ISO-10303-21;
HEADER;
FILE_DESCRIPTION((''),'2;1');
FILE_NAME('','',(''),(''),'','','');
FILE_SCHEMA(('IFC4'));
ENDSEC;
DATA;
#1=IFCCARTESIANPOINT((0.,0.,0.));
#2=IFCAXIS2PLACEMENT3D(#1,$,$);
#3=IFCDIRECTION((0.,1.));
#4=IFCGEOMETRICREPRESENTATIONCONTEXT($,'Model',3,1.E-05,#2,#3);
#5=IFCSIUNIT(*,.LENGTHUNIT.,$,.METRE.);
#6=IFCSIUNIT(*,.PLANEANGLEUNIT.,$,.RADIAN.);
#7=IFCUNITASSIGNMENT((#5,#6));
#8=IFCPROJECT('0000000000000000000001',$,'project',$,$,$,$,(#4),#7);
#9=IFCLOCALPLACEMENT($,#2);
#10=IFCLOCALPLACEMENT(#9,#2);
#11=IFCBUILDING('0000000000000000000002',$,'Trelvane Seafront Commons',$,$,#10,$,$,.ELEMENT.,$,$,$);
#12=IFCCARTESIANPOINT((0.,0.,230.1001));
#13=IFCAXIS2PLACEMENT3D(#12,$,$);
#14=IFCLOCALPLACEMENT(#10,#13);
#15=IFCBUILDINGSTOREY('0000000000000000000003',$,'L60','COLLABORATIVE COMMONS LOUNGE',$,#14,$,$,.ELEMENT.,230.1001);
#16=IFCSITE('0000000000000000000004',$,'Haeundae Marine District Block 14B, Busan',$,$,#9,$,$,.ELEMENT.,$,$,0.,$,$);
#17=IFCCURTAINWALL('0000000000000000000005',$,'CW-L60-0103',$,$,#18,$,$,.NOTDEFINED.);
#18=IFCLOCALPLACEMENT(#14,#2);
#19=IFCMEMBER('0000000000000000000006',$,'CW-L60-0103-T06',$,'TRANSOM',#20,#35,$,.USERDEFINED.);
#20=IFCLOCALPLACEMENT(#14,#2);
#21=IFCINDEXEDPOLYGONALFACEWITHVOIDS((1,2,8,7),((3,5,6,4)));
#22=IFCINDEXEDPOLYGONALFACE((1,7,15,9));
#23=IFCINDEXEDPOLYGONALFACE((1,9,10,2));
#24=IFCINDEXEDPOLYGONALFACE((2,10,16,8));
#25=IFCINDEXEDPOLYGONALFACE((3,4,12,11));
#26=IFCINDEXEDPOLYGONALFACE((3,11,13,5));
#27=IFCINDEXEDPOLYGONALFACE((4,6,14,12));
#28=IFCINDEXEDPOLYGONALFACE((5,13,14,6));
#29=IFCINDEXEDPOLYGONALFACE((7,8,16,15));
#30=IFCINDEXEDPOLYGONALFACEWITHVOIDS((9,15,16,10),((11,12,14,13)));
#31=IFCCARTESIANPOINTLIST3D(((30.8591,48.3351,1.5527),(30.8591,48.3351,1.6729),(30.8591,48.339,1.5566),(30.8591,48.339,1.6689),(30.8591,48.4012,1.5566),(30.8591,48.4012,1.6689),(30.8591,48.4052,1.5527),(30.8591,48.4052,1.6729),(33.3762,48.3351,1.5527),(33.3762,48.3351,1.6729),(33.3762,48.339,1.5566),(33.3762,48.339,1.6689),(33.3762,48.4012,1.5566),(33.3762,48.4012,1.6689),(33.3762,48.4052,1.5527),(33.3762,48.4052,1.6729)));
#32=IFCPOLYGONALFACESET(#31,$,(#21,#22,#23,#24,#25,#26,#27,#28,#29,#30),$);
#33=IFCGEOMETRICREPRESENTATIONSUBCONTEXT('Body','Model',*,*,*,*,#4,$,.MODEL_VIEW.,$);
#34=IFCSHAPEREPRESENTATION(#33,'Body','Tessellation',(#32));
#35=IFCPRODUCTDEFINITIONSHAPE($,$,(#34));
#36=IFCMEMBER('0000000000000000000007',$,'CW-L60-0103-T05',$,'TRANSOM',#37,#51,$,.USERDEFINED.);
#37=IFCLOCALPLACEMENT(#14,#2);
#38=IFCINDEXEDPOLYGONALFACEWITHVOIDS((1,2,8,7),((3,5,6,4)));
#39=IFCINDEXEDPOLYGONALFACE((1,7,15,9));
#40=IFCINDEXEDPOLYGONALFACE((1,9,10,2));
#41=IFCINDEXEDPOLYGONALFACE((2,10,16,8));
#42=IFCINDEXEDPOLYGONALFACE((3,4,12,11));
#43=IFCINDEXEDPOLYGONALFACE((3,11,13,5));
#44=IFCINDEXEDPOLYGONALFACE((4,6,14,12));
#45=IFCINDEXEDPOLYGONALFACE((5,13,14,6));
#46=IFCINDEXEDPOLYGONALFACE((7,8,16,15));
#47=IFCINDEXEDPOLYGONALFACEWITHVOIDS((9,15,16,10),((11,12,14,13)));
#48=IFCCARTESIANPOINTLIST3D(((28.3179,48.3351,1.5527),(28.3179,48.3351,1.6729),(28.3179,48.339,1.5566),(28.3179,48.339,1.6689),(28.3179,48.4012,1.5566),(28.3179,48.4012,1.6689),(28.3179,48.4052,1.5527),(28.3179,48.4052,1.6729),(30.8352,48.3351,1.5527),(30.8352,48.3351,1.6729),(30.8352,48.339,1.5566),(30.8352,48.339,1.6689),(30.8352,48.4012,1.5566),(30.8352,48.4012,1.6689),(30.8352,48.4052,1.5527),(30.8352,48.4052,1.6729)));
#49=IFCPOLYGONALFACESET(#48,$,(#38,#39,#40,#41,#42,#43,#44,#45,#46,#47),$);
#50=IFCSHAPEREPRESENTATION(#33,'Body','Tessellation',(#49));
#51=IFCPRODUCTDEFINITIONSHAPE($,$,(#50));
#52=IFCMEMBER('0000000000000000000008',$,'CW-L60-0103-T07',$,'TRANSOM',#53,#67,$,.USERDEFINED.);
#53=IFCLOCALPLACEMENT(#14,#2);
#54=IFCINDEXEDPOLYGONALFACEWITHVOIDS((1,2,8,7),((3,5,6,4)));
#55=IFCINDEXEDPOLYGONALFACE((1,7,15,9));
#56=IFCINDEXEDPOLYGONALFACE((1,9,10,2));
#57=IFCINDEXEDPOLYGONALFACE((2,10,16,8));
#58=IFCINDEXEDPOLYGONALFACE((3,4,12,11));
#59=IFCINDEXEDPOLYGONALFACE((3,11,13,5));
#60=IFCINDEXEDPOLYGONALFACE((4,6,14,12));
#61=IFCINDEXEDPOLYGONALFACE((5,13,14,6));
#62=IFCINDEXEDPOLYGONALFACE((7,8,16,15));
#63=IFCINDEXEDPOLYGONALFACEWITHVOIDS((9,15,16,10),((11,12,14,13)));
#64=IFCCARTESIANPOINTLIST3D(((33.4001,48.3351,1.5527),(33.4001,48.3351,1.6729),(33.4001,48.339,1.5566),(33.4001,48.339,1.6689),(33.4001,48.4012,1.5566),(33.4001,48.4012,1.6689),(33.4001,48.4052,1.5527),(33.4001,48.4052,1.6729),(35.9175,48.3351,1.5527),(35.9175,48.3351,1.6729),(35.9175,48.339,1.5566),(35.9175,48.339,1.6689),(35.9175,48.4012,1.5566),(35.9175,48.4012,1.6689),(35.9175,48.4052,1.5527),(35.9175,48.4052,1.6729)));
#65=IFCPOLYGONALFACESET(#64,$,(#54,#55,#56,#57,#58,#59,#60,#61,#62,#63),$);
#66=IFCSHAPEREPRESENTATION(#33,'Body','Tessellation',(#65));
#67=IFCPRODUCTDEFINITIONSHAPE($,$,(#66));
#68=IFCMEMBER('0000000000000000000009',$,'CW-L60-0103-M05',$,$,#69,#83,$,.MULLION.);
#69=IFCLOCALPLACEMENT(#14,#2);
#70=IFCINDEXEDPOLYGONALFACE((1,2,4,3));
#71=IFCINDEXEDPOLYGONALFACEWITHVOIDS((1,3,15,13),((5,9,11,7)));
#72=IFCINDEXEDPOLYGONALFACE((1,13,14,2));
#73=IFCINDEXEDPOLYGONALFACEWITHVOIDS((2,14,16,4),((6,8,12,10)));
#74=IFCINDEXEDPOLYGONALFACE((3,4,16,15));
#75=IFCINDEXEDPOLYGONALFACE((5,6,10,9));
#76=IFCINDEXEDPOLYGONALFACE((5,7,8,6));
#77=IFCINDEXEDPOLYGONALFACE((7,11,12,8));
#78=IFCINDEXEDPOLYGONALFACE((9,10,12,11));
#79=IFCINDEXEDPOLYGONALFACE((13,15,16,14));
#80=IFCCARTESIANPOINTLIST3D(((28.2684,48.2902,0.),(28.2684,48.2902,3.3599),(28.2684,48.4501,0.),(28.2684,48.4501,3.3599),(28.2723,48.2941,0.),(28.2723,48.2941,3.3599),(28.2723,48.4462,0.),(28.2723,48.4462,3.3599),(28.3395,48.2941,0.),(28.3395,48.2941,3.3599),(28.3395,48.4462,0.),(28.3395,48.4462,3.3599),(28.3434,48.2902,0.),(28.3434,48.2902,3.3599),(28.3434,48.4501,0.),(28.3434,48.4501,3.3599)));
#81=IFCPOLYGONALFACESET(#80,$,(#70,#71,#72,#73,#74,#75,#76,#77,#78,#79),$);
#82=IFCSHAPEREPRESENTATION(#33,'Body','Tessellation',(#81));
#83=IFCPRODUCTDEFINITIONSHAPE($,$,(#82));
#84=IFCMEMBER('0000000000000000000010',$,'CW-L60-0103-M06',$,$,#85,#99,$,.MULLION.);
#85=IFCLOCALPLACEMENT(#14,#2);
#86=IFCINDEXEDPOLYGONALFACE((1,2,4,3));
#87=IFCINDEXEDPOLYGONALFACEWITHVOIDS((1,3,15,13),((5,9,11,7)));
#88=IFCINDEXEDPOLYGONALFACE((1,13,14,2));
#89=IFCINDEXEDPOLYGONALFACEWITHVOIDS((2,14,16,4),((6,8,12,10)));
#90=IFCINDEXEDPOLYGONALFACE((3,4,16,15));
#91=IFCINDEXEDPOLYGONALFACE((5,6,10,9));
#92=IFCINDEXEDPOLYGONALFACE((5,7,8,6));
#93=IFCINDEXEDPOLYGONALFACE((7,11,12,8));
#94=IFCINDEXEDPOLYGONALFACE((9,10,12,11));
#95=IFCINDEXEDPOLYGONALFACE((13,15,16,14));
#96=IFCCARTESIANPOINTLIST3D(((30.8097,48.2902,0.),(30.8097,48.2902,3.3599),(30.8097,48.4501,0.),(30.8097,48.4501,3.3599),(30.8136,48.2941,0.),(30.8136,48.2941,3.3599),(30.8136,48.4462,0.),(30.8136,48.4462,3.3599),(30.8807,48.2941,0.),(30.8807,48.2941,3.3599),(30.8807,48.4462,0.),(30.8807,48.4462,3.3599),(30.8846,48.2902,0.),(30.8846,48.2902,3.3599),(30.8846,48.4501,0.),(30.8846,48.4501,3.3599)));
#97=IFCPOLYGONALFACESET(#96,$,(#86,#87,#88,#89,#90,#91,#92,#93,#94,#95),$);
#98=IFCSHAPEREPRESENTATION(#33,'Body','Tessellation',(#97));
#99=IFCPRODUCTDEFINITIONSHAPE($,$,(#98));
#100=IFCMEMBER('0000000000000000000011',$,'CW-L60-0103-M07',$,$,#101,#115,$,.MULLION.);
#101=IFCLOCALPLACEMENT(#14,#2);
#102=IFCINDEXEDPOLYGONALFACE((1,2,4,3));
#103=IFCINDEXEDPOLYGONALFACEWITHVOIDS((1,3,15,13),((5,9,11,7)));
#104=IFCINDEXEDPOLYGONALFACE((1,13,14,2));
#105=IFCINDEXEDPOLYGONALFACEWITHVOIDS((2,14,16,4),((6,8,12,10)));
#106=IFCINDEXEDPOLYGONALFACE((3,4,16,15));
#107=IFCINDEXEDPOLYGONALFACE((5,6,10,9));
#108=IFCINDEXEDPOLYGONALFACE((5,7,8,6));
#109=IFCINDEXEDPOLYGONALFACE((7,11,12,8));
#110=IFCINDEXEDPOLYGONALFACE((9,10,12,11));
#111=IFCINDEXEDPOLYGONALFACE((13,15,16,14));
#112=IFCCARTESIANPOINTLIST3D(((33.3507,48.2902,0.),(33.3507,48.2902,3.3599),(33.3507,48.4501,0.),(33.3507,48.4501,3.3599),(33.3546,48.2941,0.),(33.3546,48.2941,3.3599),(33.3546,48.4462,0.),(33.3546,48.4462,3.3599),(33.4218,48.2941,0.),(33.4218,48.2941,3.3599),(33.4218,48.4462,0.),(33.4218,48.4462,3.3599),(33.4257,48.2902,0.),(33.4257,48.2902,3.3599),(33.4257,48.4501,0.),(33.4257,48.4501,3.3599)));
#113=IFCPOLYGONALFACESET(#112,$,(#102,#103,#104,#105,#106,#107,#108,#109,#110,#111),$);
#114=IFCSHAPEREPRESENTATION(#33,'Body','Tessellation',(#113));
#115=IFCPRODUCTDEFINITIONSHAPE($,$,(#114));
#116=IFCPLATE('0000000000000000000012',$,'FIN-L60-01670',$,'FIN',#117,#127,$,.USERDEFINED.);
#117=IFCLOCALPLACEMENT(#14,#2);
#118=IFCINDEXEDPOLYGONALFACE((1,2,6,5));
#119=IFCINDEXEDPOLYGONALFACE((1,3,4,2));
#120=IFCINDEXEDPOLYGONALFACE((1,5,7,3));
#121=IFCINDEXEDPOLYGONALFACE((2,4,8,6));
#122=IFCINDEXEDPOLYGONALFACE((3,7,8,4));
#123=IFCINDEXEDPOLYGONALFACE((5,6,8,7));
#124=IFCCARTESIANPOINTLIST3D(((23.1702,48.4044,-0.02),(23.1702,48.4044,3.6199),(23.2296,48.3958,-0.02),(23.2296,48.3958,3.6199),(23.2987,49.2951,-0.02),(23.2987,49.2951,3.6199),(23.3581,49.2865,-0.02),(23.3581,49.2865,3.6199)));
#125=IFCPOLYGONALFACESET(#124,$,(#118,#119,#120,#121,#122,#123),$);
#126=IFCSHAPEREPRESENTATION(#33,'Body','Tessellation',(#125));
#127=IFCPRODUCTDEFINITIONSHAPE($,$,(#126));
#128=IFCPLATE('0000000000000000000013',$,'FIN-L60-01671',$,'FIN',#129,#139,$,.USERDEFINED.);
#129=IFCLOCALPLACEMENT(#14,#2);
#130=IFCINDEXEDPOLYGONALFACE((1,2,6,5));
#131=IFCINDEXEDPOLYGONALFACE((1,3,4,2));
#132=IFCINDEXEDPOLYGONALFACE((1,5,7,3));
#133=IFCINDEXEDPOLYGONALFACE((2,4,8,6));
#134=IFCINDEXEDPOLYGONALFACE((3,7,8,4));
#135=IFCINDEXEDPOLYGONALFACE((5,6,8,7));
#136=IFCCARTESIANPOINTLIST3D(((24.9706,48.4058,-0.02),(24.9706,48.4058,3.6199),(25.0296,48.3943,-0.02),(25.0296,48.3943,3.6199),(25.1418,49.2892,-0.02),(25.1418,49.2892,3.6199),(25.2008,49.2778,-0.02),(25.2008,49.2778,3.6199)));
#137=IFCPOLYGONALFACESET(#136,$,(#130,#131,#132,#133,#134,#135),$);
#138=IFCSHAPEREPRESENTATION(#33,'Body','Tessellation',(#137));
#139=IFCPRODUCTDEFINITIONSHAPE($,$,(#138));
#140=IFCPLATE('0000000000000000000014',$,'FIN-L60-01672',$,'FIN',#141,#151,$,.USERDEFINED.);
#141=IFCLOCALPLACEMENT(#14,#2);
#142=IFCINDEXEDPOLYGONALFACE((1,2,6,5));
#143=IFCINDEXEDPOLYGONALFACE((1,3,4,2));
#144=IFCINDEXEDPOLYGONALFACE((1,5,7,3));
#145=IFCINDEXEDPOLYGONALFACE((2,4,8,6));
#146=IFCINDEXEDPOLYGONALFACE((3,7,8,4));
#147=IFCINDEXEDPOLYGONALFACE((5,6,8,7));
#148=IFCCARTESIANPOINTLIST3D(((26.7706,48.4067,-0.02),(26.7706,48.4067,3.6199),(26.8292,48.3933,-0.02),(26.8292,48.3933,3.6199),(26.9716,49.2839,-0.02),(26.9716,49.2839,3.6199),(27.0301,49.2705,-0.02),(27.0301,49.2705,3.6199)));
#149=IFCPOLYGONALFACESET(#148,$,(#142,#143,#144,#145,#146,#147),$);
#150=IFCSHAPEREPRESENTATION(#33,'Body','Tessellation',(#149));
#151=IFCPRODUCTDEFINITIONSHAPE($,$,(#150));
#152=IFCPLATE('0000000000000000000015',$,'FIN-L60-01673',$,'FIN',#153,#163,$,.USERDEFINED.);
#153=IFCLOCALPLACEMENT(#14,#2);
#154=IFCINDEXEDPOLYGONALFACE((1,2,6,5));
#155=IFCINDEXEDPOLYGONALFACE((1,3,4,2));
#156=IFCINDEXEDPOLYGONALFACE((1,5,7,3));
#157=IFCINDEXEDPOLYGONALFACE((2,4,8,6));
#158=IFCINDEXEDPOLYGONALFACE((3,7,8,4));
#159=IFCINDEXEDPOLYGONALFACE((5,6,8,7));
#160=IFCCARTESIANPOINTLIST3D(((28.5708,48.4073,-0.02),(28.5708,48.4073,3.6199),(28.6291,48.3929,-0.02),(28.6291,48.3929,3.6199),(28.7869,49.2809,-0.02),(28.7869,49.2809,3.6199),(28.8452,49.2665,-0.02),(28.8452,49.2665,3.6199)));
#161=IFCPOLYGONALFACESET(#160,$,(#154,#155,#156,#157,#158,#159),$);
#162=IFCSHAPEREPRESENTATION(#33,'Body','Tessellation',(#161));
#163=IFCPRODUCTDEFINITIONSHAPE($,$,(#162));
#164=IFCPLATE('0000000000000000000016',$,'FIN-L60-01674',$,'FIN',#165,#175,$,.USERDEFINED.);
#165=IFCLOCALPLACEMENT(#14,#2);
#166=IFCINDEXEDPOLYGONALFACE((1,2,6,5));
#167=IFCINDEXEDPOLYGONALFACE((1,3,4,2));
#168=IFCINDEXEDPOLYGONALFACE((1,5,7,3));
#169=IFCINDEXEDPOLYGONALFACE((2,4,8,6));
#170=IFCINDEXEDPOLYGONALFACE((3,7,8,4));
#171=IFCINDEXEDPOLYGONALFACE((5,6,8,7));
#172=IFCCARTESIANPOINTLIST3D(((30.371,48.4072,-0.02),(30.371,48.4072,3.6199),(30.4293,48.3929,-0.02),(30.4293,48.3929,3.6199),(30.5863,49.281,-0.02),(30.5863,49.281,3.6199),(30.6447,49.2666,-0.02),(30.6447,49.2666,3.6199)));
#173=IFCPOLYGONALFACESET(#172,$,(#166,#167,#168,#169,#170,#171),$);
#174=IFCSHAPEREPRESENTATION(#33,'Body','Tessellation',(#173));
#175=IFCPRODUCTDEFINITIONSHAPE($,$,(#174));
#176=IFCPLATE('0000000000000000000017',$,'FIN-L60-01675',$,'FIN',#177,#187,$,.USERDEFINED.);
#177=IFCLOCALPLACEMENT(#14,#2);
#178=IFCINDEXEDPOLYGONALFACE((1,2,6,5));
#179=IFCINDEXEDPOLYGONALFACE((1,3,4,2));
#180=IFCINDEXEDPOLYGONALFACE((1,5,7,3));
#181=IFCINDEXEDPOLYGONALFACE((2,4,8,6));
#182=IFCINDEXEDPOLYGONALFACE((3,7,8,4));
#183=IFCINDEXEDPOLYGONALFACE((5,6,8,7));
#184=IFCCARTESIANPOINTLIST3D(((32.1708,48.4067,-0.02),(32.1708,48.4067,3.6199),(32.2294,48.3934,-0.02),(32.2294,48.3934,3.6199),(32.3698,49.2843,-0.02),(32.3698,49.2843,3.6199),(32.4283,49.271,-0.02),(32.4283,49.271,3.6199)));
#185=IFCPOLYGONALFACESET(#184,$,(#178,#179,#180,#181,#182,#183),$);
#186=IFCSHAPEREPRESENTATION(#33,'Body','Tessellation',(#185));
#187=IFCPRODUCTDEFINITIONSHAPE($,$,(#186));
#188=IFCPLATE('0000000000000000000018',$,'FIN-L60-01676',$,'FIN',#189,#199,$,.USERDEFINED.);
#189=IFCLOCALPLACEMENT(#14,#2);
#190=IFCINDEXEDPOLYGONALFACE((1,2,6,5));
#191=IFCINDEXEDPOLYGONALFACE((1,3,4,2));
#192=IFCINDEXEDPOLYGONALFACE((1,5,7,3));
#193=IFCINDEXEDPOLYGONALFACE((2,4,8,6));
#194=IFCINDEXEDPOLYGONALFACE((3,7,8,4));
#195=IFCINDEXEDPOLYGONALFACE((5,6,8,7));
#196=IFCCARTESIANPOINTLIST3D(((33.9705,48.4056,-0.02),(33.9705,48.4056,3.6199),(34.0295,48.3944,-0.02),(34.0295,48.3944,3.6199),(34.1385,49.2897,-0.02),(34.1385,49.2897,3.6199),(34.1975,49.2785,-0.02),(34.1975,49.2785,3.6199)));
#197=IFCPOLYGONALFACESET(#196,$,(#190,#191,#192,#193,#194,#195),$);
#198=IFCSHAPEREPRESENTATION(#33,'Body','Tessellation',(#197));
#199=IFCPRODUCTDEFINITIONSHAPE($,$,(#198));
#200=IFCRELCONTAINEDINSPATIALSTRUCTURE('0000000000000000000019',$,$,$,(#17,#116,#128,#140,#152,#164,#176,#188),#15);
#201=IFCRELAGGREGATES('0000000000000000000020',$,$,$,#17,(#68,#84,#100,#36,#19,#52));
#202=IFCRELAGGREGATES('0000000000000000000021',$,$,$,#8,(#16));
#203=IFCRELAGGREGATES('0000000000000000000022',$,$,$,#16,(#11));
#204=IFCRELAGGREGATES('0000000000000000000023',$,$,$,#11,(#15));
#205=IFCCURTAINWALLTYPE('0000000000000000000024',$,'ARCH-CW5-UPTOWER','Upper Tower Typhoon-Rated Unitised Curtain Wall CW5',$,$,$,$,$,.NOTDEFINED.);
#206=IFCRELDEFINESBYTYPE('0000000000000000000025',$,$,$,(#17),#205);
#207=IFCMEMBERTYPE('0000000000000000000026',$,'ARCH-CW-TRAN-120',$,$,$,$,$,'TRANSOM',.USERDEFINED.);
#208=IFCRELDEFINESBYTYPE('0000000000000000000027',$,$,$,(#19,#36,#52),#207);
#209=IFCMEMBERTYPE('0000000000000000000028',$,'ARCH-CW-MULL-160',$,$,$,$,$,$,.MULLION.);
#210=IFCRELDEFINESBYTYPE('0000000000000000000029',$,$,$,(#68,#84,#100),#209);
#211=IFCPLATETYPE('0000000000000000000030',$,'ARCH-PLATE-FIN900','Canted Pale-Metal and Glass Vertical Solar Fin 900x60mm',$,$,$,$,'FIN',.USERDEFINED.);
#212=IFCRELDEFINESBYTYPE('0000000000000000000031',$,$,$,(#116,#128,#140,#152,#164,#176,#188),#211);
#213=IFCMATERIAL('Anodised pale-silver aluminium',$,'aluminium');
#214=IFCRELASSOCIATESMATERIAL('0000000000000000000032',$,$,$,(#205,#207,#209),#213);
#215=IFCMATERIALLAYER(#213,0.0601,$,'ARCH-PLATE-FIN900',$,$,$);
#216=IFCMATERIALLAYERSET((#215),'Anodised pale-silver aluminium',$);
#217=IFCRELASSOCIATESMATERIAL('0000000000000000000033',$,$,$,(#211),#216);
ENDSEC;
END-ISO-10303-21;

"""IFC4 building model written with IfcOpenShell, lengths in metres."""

from ifc_helpers import new_model, si_unit, direction, frame, origin, origin_2d, place, context, subcontext, project, spatial, rectangle, hollow_rectangle, extrude, source, transform, mapped, material, layer, layer_set, material_profile, profile_set, type_object, element, aggregate, save


model = new_model("IFC4")

# Units and contexts
model_context = context("Model", 3, precision=1e-05, world=origin(), true_north=direction((0.0, 1.0)))
body_context = subcontext(model_context, "Body", "Model", "MODEL_VIEW")
ifc_project = project(units=[si_unit("LENGTHUNIT", "METRE"), si_unit("PLANEANGLEUNIT", "RADIAN")], contexts=[model_context])

# Site, building, storey
site_placement = place(None, origin())
site = spatial("IfcSite", under=ifc_project, at=site_placement, Name="Haeundae Marine District Block 14B, Busan", CompositionType="ELEMENT", RefElevation=0.0)
building_placement = place(site_placement, origin())
building = spatial("IfcBuilding", under=site, at=building_placement, Name="Trelvane Seafront Commons", CompositionType="ELEMENT")
storey_placement = place(building_placement, frame((0.0, 0.0, 230.1001)))
storey = spatial("IfcBuildingStorey", under=building, at=storey_placement, Name="L60", Description="COLLABORATIVE COMMONS LOUNGE", CompositionType="ELEMENT", Elevation=230.1001)

# Curtain wall, members
ifc_material_1 = material(Name="Anodised pale-silver aluminium", Category="aluminium")
curtain_wall_type = type_object("IfcCurtainWallType", Name="ARCH-CW5-UPTOWER", Description="Upper Tower Typhoon-Rated Unitised Curtain Wall CW5", PredefinedType="NOTDEFINED", material=ifc_material_1)
curtain_wall_placement = place(storey_placement, origin())
curtain_wall = element("IfcCurtainWall", 1, at=curtain_wall_placement, inside=storey, type_object=curtain_wall_type, Name="CW-L60-0103", PredefinedType="NOTDEFINED")
ifc_material_profile_1 = material_profile(ifc_material_1, hollow_rectangle(XDim=0.0701, YDim=0.1201, WallThickness=0.0039, at=origin_2d()), Name="TRAN-70x120x4")
ifc_profile_set_1 = profile_set([ifc_material_profile_1], Name="Anodised pale-silver aluminium")
member_type_1 = type_object("IfcMemberType", Name="ARCH-CW-TRAN-120", ElementType="TRANSOM", PredefinedType="USERDEFINED", material=ifc_profile_set_1)
shared_shape_1 = source(origin(), body_context, "Body", "SweptSolid", [
    extrude(hollow_rectangle(XDim=0.0701, YDim=0.1201, WallThickness=0.0039, at=origin_2d()), origin(), (0.0, 0.0, 1.0), 2.5171),
])
member_1_placement = place(storey_placement, frame((30.8591, 48.3701, 1.6128), z_axis=(1.0, 0.0, 0.0), x_axis=(0.0, 1.0, 0.0)))
member_1 = element("IfcMember", 2, at=member_1_placement, type_object=member_type_1, Name="CW-L60-0103-T06", ObjectType="TRANSOM", PredefinedType="USERDEFINED", context=body_context, shape_type="MappedRepresentation", body=[
    mapped(shared_shape_1, transform((0.0, 0.0, 0.0), x_axis=(1.0, 0.0, 0.0), y_axis=(0.0, 1.0, 0.0), z_axis=(0.0, 0.0, 1.0), scale=1.0)),
])
shared_shape_2 = source(origin(), body_context, "Body", "SweptSolid", [
    extrude(hollow_rectangle(XDim=0.0701, YDim=0.1201, WallThickness=0.0039, at=origin_2d()), origin(), (0.0, 0.0, 1.0), 2.5173),
])
member_2_placement = place(storey_placement, frame((28.3179, 48.3701, 1.6128), z_axis=(1.0, 0.0, 0.0), x_axis=(0.0, 1.0, 0.0)))
member_2 = element("IfcMember", 3, at=member_2_placement, type_object=member_type_1, Name="CW-L60-0103-T05", ObjectType="TRANSOM", PredefinedType="USERDEFINED", context=body_context, shape_type="MappedRepresentation", body=[
    mapped(shared_shape_2, transform((0.0, 0.0, 0.0), x_axis=(1.0, 0.0, 0.0), y_axis=(0.0, 1.0, 0.0), z_axis=(0.0, 0.0, 1.0), scale=1.0)),
])
member_3_placement = place(storey_placement, frame((33.4001, 48.3701, 1.6128), z_axis=(1.0, 0.0, 0.0), x_axis=(0.0, 1.0, 0.0)))
member_3 = element("IfcMember", 4, at=member_3_placement, type_object=member_type_1, Name="CW-L60-0103-T07", ObjectType="TRANSOM", PredefinedType="USERDEFINED", context=body_context, shape_type="MappedRepresentation", body=[
    mapped(shared_shape_2, transform((0.0, 0.0, 0.0), x_axis=(1.0, 0.0, 0.0), y_axis=(0.0, 1.0, 0.0), z_axis=(0.0, 0.0, 1.0), scale=1.0)),
])
ifc_material_profile_2 = material_profile(ifc_material_1, hollow_rectangle(XDim=0.075, YDim=0.1599, WallThickness=0.0039, at=origin_2d()), Name="MULL-75x160x4")
ifc_profile_set_2 = profile_set([ifc_material_profile_2], Name="Anodised pale-silver aluminium")
member_type_2 = type_object("IfcMemberType", Name="ARCH-CW-MULL-160", PredefinedType="MULLION", material=ifc_profile_set_2)
shared_shape_3 = source(origin(), body_context, "Body", "SweptSolid", [
    extrude(hollow_rectangle(XDim=0.075, YDim=0.1599, WallThickness=0.0039, at=origin_2d()), origin(), (0.0, 0.0, 1.0), 3.3599),
])
member_4_placement = place(storey_placement, frame((28.3059, 48.3701, 0.0), z_axis=(0.0, 0.0, 1.0), x_axis=(1.0, 0.0, 0.0)))
member_4 = element("IfcMember", 5, at=member_4_placement, type_object=member_type_2, Name="CW-L60-0103-M05", PredefinedType="MULLION", context=body_context, shape_type="MappedRepresentation", body=[
    mapped(shared_shape_3, transform((0.0, 0.0, 0.0), x_axis=(1.0, 0.0, 0.0), y_axis=(0.0, 1.0, 0.0), z_axis=(0.0, 0.0, 1.0), scale=1.0)),
])
member_5_placement = place(storey_placement, frame((30.8472, 48.3701, 0.0), z_axis=(0.0, 0.0, 1.0), x_axis=(1.0, 0.0, 0.0)))
member_5 = element("IfcMember", 6, at=member_5_placement, type_object=member_type_2, Name="CW-L60-0103-M06", PredefinedType="MULLION", context=body_context, shape_type="MappedRepresentation", body=[
    mapped(shared_shape_3, transform((0.0, 0.0, 0.0), x_axis=(1.0, 0.0, 0.0), y_axis=(0.0, 1.0, 0.0), z_axis=(0.0, 0.0, 1.0), scale=1.0)),
])
member_6_placement = place(storey_placement, frame((33.3882, 48.3701, 0.0), z_axis=(0.0, 0.0, 1.0), x_axis=(1.0, 0.0, 0.0)))
member_6 = element("IfcMember", 7, at=member_6_placement, type_object=member_type_2, Name="CW-L60-0103-M07", PredefinedType="MULLION", context=body_context, shape_type="MappedRepresentation", body=[
    mapped(shared_shape_3, transform((0.0, 0.0, 0.0), x_axis=(1.0, 0.0, 0.0), y_axis=(0.0, 1.0, 0.0), z_axis=(0.0, 0.0, 1.0), scale=1.0)),
])

# Plates
ifc_layer_1 = layer(ifc_material_1, 0.0601, Name="ARCH-PLATE-FIN900")
ifc_layer_set_1 = layer_set([ifc_layer_1], Name="Anodised pale-silver aluminium")
plate_type_1 = type_object("IfcPlateType", Name="ARCH-PLATE-FIN900", Description="Canted Pale-Metal and Glass Vertical Solar Fin 900x60mm", ElementType="FIN", PredefinedType="USERDEFINED", material=ifc_layer_set_1)
shared_shape_4 = source(origin(), body_context, "Body", "SweptSolid", [
    extrude(rectangle(XDim=0.8999, YDim=0.0601, at=origin_2d()), origin(), (0.0, 0.0, 1.0), 3.6399),
])
for number, where, z_axis, x_axis, name in (
    (8, (23.2642, 48.8455, -0.02), (0.0, 0.0, 1.0), (0.142774, 0.989755, 0.0), "FIN-L60-01670"),
    (9, (25.0857, 48.8418, -0.02), (0.0, 0.0, 1.0), (0.190216, 0.981742, 0.0), "FIN-L60-01671"),
    (10, (26.9004, 48.8386, -0.02), (0.0, 0.0, 1.0), (0.223325, 0.974744, 0.0), "FIN-L60-01672"),
    (11, (28.708, 48.8369, -0.02), (0.0, 0.0, 1.0), (0.240104, 0.970747, 0.0), "FIN-L60-01673"),
    (12, (30.5078, 48.8369, -0.02), (0.0, 0.0, 1.0), (0.239345, 0.970935, 0.0), "FIN-L60-01674"),
    (13, (32.2996, 48.8389, -0.02), (0.0, 0.0, 1.0), (0.221116, 0.975247, 0.0), "FIN-L60-01675"),
    (14, (34.084, 48.842, -0.02), (0.0, 0.0, 1.0), (0.186663, 0.982424, 0.0), "FIN-L60-01676"),
):
    element("IfcPlate", number, at=place(storey_placement, frame(where, z_axis=z_axis, x_axis=x_axis)), inside=storey, type_object=plate_type_1, Name=name, ObjectType="FIN", PredefinedType="USERDEFINED", context=body_context, shape_type="MappedRepresentation", body=[
        mapped(shared_shape_4, transform((0.0, 0.0, 0.0), x_axis=(1.0, 0.0, 0.0), y_axis=(0.0, 1.0, 0.0), z_axis=(0.0, 0.0, 1.0), scale=1.0)),
    ])

aggregate(curtain_wall, [member_4, member_5, member_6, member_2, member_1, member_3])

save(model, "model.ifc")
